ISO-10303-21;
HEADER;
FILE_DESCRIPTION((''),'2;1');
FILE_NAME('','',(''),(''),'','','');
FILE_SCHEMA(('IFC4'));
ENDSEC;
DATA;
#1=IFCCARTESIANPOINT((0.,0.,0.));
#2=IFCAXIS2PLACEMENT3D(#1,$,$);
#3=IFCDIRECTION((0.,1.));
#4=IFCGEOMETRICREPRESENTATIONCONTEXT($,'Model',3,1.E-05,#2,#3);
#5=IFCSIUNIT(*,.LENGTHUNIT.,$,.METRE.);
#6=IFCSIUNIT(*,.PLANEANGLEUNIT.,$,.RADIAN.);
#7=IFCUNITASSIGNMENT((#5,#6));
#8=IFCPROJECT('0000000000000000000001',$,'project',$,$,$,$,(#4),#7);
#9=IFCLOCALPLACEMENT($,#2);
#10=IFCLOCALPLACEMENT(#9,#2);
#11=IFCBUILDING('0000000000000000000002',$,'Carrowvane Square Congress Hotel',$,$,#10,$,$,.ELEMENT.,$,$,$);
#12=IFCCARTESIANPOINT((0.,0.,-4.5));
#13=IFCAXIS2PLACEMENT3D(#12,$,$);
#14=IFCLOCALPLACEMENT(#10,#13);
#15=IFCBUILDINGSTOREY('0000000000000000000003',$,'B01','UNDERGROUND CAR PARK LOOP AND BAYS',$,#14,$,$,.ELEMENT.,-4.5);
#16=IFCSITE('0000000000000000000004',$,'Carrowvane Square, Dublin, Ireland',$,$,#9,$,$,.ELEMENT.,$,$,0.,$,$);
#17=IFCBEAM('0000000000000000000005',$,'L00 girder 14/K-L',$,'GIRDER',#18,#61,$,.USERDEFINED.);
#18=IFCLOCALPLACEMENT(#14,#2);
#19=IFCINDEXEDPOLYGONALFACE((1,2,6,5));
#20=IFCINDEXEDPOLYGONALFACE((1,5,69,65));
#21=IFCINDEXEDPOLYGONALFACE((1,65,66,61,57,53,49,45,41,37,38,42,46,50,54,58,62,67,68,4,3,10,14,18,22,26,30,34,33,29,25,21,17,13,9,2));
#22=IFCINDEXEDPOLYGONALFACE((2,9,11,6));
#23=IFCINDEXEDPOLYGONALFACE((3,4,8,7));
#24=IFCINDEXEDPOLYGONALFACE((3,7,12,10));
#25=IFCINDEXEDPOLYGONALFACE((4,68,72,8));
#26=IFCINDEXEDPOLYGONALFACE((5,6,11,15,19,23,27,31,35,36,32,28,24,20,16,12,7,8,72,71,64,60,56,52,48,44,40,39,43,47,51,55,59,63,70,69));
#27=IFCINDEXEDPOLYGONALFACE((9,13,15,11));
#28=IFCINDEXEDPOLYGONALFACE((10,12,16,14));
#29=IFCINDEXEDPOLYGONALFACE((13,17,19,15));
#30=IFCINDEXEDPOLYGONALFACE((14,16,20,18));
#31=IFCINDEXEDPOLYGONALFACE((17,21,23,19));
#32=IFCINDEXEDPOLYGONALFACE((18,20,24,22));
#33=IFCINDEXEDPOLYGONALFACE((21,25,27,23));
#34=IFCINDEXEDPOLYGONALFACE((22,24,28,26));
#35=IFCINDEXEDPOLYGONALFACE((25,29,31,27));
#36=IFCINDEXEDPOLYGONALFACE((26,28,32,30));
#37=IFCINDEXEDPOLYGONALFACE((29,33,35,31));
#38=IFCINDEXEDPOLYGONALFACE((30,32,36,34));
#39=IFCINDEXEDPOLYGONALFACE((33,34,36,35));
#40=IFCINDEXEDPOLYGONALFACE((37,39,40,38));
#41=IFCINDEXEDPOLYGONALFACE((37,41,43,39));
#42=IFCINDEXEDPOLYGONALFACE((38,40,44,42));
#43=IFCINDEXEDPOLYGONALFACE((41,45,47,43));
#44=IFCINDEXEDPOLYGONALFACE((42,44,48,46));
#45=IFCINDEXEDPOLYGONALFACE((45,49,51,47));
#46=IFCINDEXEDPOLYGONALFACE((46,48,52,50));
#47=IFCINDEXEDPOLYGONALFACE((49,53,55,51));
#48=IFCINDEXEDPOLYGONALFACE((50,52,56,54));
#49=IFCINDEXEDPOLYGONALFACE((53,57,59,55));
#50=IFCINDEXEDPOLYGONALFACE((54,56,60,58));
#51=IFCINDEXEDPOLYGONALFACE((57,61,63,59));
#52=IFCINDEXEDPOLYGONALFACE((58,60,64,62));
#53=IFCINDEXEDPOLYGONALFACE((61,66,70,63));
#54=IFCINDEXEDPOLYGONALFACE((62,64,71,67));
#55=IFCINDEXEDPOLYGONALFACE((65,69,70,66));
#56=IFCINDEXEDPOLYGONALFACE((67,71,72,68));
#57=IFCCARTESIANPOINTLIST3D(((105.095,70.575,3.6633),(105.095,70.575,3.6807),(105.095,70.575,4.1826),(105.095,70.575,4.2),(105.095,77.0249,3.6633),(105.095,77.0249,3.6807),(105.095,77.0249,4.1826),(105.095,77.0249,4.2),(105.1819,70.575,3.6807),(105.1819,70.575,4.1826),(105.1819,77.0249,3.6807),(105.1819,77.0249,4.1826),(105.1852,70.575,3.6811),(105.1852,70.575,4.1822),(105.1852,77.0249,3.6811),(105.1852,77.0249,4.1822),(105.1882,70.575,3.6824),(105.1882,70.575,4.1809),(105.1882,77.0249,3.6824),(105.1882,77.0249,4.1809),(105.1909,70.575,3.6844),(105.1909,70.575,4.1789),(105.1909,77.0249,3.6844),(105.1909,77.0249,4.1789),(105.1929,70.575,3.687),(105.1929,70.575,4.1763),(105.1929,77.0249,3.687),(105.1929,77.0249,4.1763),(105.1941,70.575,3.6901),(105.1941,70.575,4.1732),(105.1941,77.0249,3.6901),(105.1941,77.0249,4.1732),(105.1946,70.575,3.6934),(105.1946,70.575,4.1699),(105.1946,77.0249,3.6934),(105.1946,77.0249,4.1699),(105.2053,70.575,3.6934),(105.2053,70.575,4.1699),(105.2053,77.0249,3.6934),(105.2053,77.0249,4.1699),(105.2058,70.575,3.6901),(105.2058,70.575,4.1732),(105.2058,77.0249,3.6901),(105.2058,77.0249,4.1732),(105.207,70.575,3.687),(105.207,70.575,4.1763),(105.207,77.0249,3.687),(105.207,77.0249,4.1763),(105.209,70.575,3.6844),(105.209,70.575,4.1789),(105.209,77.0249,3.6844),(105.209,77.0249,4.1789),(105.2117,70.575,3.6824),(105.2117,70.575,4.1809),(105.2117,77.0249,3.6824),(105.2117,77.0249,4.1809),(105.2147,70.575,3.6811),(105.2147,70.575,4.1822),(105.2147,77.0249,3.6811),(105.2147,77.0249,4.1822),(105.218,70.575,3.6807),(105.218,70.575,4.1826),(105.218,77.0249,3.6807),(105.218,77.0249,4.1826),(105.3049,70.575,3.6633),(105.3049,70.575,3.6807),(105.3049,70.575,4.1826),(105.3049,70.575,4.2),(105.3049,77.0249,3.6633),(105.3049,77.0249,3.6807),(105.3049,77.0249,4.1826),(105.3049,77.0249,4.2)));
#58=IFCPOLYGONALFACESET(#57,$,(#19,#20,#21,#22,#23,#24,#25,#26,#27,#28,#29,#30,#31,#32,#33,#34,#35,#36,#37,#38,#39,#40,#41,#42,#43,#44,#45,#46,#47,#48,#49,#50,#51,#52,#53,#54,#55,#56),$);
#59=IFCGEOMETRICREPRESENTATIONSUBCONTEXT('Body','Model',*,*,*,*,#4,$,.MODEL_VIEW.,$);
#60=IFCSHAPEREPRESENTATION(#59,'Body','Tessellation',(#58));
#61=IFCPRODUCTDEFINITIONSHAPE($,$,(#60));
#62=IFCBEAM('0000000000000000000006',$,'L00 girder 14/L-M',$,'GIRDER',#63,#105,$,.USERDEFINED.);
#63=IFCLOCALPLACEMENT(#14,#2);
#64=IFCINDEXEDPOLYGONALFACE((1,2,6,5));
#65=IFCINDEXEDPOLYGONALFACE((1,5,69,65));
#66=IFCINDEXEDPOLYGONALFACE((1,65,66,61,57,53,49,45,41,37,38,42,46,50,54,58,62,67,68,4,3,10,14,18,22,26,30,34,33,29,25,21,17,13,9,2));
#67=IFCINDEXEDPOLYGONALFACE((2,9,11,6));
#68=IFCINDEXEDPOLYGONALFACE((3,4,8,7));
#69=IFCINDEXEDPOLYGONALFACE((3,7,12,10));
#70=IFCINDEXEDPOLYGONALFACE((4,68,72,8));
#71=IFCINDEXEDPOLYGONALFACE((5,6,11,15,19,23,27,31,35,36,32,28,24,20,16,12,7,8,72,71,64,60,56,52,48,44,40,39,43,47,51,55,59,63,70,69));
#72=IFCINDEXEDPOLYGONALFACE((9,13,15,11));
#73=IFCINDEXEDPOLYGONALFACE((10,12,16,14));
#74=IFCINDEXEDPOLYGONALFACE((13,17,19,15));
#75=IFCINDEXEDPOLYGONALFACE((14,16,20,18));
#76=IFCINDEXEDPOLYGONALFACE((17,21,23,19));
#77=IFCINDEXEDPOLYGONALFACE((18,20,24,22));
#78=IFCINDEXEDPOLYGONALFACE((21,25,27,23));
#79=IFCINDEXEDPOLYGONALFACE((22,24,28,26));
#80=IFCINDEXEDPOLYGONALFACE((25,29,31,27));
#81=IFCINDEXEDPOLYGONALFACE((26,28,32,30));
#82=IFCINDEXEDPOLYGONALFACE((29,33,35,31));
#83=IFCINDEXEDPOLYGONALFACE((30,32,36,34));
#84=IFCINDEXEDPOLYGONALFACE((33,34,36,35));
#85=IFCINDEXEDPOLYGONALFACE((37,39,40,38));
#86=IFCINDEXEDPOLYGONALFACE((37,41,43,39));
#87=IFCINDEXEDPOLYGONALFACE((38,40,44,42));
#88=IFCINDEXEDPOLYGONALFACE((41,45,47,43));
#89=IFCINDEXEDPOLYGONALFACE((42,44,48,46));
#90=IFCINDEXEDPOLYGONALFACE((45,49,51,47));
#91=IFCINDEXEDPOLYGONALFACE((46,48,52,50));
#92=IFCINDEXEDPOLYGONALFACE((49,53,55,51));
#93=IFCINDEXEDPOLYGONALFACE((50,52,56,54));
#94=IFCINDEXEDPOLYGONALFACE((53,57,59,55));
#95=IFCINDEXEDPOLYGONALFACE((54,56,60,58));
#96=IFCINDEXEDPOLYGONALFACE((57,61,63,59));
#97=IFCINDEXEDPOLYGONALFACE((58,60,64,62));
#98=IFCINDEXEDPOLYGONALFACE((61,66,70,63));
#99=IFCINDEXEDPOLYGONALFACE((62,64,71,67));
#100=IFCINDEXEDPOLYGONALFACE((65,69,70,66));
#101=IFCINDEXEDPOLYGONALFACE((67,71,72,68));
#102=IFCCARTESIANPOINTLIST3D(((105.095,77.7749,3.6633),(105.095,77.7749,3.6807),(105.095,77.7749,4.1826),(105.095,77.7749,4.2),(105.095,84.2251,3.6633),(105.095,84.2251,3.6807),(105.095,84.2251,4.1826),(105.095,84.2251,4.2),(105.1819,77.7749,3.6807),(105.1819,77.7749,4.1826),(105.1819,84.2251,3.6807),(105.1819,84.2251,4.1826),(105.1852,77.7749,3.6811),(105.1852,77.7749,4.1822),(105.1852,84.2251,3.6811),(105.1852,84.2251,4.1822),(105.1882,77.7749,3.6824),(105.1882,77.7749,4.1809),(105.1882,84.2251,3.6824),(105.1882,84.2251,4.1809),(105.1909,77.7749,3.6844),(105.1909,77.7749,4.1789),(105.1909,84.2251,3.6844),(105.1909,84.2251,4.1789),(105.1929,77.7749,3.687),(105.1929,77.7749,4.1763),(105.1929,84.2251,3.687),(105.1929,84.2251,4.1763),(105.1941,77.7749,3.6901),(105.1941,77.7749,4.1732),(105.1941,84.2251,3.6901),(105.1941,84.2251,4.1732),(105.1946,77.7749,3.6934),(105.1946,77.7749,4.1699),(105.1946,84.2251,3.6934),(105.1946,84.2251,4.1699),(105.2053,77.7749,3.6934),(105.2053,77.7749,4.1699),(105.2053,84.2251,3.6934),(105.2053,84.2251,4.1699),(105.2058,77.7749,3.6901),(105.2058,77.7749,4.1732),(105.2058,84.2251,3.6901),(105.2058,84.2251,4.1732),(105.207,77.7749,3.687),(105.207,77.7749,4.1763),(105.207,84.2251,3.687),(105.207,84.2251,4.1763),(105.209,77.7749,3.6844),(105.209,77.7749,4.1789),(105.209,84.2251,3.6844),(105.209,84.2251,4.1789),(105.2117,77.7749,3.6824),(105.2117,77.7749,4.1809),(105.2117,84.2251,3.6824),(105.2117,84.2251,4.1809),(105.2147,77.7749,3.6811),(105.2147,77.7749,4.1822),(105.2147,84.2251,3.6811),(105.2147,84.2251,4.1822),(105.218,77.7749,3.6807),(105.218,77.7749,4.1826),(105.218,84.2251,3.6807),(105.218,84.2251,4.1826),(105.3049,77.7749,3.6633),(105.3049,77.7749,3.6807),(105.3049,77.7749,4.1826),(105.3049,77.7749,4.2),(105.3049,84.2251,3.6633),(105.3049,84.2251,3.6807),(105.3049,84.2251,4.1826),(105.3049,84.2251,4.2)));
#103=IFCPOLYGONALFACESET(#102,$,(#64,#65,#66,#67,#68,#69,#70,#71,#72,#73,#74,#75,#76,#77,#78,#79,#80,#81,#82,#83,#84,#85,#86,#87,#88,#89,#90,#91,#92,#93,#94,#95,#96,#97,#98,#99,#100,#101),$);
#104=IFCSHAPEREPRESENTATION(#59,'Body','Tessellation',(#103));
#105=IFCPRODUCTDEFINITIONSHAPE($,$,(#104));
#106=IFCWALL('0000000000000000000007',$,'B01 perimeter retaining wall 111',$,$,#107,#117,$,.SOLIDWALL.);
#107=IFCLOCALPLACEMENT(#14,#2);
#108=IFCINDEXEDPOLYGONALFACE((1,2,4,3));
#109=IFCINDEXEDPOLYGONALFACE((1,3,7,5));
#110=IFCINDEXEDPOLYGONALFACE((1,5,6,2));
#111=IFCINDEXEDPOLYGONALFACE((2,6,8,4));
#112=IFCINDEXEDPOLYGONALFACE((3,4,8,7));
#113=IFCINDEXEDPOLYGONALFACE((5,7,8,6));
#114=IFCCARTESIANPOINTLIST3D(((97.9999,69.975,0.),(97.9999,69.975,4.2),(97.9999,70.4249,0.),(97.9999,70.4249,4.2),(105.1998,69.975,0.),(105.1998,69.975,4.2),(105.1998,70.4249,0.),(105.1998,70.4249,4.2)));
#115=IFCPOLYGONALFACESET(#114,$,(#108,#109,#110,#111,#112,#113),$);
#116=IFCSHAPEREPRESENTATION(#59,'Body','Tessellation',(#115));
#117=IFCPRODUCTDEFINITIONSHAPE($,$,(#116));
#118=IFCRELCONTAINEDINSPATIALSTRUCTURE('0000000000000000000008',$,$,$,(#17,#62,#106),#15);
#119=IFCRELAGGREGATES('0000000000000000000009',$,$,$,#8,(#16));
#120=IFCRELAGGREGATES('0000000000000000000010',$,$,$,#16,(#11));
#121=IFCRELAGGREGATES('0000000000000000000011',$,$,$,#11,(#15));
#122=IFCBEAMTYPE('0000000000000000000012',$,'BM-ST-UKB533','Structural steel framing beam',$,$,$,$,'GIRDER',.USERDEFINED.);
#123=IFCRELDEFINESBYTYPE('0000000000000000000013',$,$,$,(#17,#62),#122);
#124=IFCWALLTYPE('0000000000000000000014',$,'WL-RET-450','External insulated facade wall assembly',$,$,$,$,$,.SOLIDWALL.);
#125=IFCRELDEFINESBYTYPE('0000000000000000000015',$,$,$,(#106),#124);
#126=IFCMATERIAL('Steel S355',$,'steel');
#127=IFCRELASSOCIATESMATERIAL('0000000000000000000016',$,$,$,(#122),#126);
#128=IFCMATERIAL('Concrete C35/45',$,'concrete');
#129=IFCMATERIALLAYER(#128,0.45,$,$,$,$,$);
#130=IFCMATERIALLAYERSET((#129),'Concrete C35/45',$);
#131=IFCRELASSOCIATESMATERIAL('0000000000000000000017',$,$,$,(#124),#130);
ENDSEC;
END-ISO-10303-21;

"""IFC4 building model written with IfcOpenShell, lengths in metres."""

from ifc_helpers import new_model, si_unit, direction, frame, frame_2d, origin, origin_2d, place, context, subcontext, project, spatial, rectangle, i_section, extrude, material, layer, layer_set, material_profile, profile_set, type_object, element, save


model = new_model("IFC4")

# Units and contexts
model_context = context("Model", 3, precision=1e-05, world=origin(), true_north=direction((0.0, 1.0)))
body_context = subcontext(model_context, "Body", "Model", "MODEL_VIEW")
ifc_project = project(units=[si_unit("LENGTHUNIT", "METRE"), si_unit("PLANEANGLEUNIT", "RADIAN")], contexts=[model_context])

# Site, building, storey
site_placement = place(None, origin())
site = spatial("IfcSite", under=ifc_project, at=site_placement, Name="Carrowvane Square, Dublin, Ireland", CompositionType="ELEMENT", RefElevation=0.0)
building_placement = place(site_placement, origin())
building = spatial("IfcBuilding", under=site, at=building_placement, Name="Carrowvane Square Congress Hotel", CompositionType="ELEMENT")
storey_placement = place(building_placement, frame((0.0, 0.0, -4.5)))
storey = spatial("IfcBuildingStorey", under=building, at=storey_placement, Name="B01", Description="UNDERGROUND CAR PARK LOOP AND BAYS", CompositionType="ELEMENT", Elevation=-4.5)

# Beams
ifc_material_1 = material(Name="Steel S355", Category="steel")
ifc_material_profile_1 = material_profile(ifc_material_1, i_section(OverallWidth=0.21, OverallDepth=0.5366, WebThickness=0.0107, FlangeThickness=0.0173, FilletRadius=0.0127, at=origin_2d()), Name="UKB 533x210x101")
ifc_profile_set_1 = profile_set([ifc_material_profile_1], Name="Steel S355")
beam_type_1 = type_object("IfcBeamType", Name="BM-ST-UKB533", Description="Structural steel framing beam", ElementType="GIRDER", PredefinedType="USERDEFINED", material=ifc_profile_set_1)
beam_1_placement = place(storey_placement, frame((105.2, 70.575, 3.9316), z_axis=(0.0, 1.0, 0.0), x_axis=(-1.0, 0.0, 0.0)))
element("IfcBeam", 1, at=beam_1_placement, inside=storey, type_object=beam_type_1, Name="L00 girder 14/K-L", ObjectType="GIRDER", PredefinedType="USERDEFINED", context=body_context, shape_type="SweptSolid", body=[
    extrude(i_section(OverallWidth=0.21, OverallDepth=0.5366, WebThickness=0.0107, FlangeThickness=0.0173, FilletRadius=0.0127, at=origin_2d()), origin(), (0.0, 0.0, 1.0), 6.45),
])
beam_2_placement = place(storey_placement, frame((105.2, 77.7749, 3.9316), z_axis=(0.0, 1.0, 0.0), x_axis=(-1.0, 0.0, 0.0)))
element("IfcBeam", 2, at=beam_2_placement, inside=storey, type_object=beam_type_1, Name="L00 girder 14/L-M", ObjectType="GIRDER", PredefinedType="USERDEFINED", context=body_context, shape_type="SweptSolid", body=[
    extrude(i_section(OverallWidth=0.21, OverallDepth=0.5366, WebThickness=0.0107, FlangeThickness=0.0173, FilletRadius=0.0127, at=origin_2d()), origin(), (0.0, 0.0, 1.0), 6.4502),
])

# Wall
ifc_material_2 = material(Name="Concrete C35/45", Category="concrete")
ifc_layer = layer(ifc_material_2, 0.45)
ifc_layer_set = layer_set([ifc_layer], Name="Concrete C35/45")
wall_type = type_object("IfcWallType", Name="WL-RET-450", Description="External insulated facade wall assembly", PredefinedType="SOLIDWALL", material=ifc_layer_set)
wall_placement = place(storey_placement, frame((105.2, 70.2, 0.0), z_axis=(0.0, 0.0, 1.0), x_axis=(-1.0, 0.0, 0.0)))
element("IfcWall", 3, at=wall_placement, inside=storey, type_object=wall_type, Name="B01 perimeter retaining wall 111", PredefinedType="SOLIDWALL", context=body_context, shape_type="SweptSolid", body=[
    extrude(rectangle(XDim=7.2, YDim=0.45, at=frame_2d((3.6001, 0.0))), origin(), (0.0, 0.0, 1.0), 4.2),
])

save(model, "model.ifc")
